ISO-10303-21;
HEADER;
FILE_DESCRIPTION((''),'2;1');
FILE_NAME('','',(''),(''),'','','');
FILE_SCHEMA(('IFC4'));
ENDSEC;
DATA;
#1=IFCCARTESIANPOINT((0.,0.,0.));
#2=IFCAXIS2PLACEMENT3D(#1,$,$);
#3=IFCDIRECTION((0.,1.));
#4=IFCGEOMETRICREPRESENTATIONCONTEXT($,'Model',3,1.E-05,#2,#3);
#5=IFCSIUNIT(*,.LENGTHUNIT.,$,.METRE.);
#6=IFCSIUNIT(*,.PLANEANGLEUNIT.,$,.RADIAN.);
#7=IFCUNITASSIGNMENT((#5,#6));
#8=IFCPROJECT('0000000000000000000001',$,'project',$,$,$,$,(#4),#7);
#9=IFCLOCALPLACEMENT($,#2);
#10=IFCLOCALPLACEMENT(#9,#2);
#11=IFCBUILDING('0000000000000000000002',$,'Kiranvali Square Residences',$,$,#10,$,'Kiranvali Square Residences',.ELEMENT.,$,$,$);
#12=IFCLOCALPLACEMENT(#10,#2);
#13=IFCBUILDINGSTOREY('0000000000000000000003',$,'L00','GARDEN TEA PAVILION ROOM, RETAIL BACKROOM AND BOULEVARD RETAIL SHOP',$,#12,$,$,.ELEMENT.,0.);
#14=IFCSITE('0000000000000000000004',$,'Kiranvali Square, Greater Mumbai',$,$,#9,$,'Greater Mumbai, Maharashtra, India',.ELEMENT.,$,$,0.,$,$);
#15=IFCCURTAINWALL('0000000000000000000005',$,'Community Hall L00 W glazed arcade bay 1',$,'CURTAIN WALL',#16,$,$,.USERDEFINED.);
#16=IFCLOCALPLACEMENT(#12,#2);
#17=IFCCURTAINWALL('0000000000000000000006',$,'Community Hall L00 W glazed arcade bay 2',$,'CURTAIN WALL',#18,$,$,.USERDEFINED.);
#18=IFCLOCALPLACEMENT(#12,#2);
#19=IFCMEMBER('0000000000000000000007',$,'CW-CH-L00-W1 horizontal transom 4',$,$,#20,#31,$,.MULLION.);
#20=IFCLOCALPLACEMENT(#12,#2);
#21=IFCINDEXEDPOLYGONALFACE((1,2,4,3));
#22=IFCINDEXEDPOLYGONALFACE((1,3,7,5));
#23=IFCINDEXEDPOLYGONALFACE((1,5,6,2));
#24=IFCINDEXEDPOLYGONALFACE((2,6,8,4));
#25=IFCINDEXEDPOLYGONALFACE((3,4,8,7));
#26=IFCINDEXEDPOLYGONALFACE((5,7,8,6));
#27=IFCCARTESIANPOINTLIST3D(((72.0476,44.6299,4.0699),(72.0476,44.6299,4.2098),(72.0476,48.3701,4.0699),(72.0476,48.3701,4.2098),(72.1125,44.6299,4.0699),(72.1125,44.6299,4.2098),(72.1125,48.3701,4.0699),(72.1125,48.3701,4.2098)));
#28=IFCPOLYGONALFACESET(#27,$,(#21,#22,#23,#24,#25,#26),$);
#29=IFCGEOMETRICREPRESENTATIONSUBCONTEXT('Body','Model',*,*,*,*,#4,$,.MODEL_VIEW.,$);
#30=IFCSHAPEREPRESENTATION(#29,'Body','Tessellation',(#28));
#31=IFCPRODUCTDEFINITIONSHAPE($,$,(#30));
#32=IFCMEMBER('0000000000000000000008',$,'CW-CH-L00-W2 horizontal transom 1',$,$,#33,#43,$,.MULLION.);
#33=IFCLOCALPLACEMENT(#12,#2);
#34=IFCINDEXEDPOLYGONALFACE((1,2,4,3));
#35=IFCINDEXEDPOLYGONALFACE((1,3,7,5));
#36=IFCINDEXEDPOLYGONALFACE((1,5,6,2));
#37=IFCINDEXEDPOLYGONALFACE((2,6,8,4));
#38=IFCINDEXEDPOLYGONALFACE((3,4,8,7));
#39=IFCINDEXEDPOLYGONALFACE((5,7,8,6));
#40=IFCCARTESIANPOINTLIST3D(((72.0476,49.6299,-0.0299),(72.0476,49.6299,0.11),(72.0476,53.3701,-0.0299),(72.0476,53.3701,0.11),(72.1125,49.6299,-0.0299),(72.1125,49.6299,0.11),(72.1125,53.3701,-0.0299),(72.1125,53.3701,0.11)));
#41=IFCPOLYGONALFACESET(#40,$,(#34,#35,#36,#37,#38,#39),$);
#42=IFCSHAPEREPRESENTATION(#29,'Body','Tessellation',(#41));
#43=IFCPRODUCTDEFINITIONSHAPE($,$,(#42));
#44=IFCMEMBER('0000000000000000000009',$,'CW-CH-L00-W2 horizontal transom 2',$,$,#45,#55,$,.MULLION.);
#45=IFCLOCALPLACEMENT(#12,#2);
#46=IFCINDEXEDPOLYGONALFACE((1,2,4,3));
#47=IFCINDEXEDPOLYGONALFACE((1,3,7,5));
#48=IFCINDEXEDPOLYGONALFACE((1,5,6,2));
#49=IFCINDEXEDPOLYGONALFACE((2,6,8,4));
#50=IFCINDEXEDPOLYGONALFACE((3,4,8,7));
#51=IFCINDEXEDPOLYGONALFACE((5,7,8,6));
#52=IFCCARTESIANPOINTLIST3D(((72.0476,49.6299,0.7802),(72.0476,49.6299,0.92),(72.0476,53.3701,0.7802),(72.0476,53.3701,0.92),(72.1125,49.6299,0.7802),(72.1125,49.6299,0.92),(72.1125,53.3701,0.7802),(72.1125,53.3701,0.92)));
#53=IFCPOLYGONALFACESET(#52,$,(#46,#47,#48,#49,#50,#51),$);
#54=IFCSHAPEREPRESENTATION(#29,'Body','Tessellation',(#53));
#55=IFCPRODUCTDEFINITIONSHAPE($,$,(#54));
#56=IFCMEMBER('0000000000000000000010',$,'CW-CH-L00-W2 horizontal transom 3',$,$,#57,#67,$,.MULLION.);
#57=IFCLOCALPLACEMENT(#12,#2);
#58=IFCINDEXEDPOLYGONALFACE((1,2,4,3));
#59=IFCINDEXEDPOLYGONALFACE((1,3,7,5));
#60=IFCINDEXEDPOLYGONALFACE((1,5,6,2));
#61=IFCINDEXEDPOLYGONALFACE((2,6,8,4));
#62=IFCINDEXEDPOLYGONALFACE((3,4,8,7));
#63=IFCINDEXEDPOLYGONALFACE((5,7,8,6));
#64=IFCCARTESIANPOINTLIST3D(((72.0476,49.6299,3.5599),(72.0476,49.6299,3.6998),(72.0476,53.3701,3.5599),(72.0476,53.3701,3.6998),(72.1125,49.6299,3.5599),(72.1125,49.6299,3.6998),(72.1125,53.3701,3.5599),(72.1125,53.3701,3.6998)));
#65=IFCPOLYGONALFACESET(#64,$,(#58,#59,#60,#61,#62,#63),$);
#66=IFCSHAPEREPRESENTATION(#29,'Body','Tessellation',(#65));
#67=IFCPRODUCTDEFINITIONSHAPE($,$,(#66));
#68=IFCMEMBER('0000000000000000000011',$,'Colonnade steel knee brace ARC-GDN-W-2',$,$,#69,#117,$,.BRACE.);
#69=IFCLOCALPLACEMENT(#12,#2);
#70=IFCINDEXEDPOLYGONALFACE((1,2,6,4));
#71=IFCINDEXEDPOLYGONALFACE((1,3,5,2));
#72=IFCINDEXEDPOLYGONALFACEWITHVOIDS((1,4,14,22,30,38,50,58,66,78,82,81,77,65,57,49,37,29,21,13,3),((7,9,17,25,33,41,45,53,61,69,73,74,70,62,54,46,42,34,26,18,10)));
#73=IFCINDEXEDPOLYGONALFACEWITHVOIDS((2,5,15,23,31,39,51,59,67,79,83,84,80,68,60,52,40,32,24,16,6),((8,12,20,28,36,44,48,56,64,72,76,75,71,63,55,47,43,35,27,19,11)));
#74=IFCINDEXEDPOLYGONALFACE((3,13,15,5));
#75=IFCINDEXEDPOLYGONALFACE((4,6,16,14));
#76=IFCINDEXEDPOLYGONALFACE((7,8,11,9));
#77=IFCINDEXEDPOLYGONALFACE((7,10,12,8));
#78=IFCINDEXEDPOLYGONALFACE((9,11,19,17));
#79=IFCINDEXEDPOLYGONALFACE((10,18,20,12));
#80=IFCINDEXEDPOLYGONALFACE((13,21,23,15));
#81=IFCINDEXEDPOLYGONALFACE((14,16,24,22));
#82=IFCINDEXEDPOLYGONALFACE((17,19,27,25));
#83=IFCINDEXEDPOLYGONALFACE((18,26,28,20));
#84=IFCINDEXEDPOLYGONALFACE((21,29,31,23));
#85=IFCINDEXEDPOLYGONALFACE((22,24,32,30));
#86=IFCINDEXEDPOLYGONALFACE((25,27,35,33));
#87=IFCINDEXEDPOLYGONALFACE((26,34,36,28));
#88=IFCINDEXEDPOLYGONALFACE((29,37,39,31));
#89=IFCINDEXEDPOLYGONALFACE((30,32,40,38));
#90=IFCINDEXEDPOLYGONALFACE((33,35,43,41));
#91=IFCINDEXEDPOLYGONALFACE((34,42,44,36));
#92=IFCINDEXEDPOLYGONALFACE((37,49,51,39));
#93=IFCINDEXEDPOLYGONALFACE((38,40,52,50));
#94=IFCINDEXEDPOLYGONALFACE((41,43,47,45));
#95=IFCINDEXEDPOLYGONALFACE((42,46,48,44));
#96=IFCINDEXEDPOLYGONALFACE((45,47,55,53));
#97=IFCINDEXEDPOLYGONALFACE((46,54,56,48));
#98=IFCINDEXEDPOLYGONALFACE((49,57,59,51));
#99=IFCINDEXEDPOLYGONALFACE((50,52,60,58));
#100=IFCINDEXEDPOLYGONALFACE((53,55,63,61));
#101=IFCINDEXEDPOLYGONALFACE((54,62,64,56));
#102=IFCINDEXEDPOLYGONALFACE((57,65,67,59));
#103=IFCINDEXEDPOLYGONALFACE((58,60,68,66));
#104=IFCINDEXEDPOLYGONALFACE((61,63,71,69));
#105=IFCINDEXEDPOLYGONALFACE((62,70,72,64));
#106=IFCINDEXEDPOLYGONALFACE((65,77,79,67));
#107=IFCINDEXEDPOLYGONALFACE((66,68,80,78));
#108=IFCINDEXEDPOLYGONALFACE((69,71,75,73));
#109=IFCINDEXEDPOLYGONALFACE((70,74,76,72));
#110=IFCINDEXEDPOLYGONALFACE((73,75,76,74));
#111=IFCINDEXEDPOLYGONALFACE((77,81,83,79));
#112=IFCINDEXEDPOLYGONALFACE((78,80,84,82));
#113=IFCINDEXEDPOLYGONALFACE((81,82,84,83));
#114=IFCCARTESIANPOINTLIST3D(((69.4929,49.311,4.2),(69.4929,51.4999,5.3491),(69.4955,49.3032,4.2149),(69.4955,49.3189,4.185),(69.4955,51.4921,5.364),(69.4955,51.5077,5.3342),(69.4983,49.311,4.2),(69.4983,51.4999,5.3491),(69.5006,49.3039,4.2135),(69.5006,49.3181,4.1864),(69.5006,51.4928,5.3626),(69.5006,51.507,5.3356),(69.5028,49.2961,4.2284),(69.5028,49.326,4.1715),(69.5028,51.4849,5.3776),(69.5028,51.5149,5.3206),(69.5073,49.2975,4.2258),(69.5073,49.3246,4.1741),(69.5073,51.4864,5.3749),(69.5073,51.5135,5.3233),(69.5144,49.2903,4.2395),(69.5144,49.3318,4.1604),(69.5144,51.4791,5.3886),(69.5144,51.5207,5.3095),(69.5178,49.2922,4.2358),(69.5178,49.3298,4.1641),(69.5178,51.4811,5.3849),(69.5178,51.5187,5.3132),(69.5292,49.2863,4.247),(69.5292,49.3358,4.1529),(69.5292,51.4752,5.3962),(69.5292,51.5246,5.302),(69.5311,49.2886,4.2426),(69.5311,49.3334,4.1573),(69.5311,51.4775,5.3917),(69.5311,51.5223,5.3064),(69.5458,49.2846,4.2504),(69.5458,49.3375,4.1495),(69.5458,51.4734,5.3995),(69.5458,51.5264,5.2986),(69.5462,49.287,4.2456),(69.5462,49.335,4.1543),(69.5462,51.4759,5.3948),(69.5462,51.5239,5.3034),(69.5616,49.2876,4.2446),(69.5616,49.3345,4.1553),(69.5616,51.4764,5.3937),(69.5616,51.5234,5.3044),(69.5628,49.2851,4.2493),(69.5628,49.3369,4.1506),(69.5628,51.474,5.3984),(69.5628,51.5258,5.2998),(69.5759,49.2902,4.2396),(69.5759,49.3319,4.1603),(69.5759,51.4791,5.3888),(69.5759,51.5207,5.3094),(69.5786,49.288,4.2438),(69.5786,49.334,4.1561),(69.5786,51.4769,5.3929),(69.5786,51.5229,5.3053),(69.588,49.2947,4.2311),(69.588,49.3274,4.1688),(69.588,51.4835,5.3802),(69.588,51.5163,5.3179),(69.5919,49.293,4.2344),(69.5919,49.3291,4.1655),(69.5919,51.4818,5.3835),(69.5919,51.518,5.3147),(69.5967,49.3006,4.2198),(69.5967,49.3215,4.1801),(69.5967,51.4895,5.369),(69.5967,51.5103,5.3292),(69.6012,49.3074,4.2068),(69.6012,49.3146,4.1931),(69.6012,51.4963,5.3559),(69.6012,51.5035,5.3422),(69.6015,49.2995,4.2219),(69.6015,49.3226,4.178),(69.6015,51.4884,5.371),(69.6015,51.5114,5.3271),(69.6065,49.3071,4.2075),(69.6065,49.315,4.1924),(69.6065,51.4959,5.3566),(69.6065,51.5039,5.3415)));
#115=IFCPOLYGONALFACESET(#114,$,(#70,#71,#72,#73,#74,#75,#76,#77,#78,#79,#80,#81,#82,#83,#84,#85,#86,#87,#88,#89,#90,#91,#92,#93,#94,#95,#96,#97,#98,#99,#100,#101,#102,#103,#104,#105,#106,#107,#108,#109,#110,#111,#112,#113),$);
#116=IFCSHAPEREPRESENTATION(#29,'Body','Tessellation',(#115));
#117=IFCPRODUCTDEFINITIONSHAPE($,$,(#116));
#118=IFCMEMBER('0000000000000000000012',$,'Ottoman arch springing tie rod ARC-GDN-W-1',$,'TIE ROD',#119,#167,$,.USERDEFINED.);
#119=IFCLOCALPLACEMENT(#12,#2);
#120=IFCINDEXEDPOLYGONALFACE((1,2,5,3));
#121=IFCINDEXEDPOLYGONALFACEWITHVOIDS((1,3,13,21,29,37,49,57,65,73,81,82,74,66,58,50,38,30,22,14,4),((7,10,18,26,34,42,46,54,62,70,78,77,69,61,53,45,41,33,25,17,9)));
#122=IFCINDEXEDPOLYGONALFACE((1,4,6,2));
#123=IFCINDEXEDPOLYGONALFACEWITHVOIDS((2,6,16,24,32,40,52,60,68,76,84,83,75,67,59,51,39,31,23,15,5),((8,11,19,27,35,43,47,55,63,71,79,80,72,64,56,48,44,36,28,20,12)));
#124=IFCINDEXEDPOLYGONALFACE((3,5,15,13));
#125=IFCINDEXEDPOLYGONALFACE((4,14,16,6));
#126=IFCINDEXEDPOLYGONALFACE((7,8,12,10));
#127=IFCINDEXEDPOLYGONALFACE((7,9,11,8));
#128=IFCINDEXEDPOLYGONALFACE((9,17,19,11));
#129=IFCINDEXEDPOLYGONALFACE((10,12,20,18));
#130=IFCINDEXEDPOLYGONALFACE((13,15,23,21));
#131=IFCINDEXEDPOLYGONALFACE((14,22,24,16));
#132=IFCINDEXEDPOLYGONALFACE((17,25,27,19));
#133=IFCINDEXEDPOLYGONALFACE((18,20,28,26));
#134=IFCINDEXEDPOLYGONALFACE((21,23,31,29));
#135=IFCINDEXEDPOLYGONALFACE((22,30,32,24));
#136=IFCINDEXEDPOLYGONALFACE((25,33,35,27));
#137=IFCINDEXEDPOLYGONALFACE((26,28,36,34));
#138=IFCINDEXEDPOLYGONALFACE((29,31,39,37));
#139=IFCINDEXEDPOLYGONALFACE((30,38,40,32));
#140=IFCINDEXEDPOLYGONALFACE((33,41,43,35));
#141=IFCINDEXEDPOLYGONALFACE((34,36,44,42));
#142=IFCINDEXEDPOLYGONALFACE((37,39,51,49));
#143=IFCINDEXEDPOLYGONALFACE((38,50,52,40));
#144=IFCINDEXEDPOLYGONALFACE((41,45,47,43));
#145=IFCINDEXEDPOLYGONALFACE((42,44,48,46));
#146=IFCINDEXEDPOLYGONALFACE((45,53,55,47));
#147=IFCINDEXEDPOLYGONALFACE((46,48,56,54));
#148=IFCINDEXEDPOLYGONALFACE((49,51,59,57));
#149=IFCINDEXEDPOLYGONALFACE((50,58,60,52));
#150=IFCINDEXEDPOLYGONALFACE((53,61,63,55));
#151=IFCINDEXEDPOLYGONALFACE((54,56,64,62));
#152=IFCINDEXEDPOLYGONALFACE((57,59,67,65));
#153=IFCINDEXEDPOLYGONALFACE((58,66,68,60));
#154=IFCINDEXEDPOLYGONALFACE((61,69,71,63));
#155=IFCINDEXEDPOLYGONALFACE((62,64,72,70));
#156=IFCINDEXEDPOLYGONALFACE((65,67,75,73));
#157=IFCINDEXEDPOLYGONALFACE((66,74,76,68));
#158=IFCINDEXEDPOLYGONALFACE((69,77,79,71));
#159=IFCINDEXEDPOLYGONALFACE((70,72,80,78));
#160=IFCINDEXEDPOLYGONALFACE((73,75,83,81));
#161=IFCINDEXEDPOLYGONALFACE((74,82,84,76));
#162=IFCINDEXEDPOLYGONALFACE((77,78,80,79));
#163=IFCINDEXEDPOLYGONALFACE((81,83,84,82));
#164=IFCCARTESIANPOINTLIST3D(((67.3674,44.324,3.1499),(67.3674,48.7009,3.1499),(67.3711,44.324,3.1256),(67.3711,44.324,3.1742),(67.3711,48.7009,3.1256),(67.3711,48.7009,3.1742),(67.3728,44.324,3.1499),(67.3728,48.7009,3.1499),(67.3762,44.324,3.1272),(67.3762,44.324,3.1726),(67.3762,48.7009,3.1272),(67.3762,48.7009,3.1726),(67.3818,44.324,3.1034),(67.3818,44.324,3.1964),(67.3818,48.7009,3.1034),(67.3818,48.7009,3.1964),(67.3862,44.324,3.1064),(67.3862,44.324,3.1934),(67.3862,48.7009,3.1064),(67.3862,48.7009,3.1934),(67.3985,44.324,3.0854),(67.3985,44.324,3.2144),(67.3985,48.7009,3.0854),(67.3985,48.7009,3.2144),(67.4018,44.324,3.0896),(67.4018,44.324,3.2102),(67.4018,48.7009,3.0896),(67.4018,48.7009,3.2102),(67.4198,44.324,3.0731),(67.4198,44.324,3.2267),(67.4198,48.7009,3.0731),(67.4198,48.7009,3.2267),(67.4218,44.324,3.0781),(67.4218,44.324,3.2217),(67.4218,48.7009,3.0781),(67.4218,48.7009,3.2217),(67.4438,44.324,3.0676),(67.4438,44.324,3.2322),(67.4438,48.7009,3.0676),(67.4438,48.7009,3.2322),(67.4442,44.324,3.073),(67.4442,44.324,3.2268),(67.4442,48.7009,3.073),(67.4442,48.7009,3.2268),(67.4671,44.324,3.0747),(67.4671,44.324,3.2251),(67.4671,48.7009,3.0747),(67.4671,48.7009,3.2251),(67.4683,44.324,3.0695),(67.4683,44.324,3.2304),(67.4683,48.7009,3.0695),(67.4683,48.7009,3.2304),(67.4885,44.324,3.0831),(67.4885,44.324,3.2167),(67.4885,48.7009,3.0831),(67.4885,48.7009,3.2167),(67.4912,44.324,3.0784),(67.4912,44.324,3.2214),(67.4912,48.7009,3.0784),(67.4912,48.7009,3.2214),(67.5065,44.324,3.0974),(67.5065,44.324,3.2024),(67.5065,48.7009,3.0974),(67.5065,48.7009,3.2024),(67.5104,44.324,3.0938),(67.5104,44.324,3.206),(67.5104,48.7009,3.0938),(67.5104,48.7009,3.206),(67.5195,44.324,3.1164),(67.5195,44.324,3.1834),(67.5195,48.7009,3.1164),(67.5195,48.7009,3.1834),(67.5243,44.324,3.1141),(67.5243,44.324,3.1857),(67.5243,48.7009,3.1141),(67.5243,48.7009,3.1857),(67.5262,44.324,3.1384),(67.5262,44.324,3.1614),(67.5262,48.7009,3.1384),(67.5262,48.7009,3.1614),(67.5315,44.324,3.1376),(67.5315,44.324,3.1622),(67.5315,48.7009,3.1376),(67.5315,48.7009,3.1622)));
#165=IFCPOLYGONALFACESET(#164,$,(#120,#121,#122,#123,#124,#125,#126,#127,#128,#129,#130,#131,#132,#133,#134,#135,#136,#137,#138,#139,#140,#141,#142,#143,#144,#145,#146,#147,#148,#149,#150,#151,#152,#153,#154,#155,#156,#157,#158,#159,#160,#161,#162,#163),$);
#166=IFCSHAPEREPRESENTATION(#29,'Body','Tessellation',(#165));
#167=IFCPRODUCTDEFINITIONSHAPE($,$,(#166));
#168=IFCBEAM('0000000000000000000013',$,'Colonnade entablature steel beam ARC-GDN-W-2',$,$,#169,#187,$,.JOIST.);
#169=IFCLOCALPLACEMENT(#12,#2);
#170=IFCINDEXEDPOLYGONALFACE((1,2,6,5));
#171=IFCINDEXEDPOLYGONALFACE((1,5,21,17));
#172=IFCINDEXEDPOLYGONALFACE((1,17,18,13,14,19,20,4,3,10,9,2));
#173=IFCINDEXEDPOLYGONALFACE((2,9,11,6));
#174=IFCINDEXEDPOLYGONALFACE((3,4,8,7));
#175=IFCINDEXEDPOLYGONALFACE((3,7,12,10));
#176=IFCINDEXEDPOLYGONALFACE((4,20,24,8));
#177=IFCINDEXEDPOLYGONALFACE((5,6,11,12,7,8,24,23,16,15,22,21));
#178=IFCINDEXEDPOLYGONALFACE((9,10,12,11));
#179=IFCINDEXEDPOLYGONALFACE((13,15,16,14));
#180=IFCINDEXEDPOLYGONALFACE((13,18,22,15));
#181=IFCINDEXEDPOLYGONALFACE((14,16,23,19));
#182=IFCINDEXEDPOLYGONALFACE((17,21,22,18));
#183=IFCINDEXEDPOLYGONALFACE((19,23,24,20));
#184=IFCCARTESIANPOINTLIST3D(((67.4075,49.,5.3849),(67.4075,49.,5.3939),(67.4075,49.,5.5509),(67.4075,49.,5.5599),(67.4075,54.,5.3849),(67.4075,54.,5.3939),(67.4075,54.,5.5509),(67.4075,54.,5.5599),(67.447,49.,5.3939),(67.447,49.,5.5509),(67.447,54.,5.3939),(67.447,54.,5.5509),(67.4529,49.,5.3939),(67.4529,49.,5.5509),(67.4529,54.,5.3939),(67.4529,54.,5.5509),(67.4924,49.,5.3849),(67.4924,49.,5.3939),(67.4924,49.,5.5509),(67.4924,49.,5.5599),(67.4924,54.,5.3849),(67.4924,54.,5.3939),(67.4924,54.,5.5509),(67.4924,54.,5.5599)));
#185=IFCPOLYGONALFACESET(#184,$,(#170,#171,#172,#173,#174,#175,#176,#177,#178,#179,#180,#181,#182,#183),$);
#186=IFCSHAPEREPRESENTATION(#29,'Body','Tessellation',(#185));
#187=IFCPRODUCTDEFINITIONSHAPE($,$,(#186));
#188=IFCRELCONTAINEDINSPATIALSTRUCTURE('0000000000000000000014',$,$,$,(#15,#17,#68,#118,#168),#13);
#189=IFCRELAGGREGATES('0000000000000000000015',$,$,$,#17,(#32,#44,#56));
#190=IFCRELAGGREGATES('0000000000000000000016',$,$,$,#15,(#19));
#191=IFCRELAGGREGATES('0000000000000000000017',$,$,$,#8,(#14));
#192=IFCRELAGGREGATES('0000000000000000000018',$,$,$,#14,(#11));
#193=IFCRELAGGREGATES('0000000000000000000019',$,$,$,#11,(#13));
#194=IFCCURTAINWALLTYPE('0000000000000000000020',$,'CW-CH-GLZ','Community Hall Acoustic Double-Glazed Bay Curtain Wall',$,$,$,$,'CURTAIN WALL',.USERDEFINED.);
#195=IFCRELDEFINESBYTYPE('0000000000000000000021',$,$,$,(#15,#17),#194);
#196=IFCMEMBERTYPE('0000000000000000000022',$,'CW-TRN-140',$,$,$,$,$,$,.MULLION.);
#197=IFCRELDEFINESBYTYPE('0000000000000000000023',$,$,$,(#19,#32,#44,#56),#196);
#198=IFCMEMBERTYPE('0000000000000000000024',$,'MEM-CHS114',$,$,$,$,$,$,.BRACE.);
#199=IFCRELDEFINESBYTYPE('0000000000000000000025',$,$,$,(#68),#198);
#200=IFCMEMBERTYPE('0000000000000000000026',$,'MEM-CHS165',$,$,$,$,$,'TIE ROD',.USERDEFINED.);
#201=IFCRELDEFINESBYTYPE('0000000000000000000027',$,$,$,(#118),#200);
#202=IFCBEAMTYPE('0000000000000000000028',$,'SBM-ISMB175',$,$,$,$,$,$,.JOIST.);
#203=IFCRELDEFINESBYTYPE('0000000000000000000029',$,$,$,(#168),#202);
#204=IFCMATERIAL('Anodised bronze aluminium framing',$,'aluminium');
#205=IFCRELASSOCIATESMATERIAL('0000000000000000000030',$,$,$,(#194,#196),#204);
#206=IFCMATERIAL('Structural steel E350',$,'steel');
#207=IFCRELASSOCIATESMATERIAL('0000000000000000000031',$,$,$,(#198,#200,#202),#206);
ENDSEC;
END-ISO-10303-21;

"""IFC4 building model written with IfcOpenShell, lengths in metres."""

from ifc_helpers import new_model, si_unit, direction, frame, origin, origin_2d, place, context, subcontext, project, spatial, rectangle, hollow_circle, i_section, extrude, material, material_profile, profile_set, type_object, element, aggregate, save


model = new_model("IFC4")

# Units and contexts
model_context = context("Model", 3, precision=1e-05, world=origin(), true_north=direction((0.0, 1.0)))
body_context = subcontext(model_context, "Body", "Model", "MODEL_VIEW")
ifc_project = project(units=[si_unit("LENGTHUNIT", "METRE"), si_unit("PLANEANGLEUNIT", "RADIAN")], contexts=[model_context])

# Site, building, storey
site_placement = place(None, origin())
site = spatial("IfcSite", under=ifc_project, at=site_placement, Name="Kiranvali Square, Greater Mumbai", LongName="Greater Mumbai, Maharashtra, India", CompositionType="ELEMENT", RefElevation=0.0)
building_placement = place(site_placement, origin())
building = spatial("IfcBuilding", under=site, at=building_placement, Name="Kiranvali Square Residences", LongName="Kiranvali Square Residences", CompositionType="ELEMENT")
storey_placement = place(building_placement, origin())
storey = spatial("IfcBuildingStorey", under=building, at=storey_placement, Name="L00", Description="GARDEN TEA PAVILION ROOM, RETAIL BACKROOM AND BOULEVARD RETAIL SHOP", CompositionType="ELEMENT", Elevation=0.0)

# Curtain wall
ifc_material_1 = material(Name="Anodised bronze aluminium framing", Category="aluminium")
curtain_wall_type = type_object("IfcCurtainWallType", Name="CW-CH-GLZ", Description="Community Hall Acoustic Double-Glazed Bay Curtain Wall", ElementType="CURTAIN WALL", PredefinedType="USERDEFINED", material=ifc_material_1)
curtain_wall_1_placement = place(storey_placement, origin())
curtain_wall_1 = element("IfcCurtainWall", 1, at=curtain_wall_1_placement, inside=storey, type_object=curtain_wall_type, Name="Community Hall L00 W glazed arcade bay 1", ObjectType="CURTAIN WALL", PredefinedType="USERDEFINED")

# Curtain wall
curtain_wall_2_placement = place(storey_placement, origin())
curtain_wall_2 = element("IfcCurtainWall", 2, at=curtain_wall_2_placement, inside=storey, type_object=curtain_wall_type, Name="Community Hall L00 W glazed arcade bay 2", ObjectType="CURTAIN WALL", PredefinedType="USERDEFINED")

# Members
ifc_material_profile_1 = material_profile(ifc_material_1, rectangle(XDim=0.0649, YDim=0.1399, at=origin_2d()), Name="ALU 65x140")
ifc_profile_set_1 = profile_set([ifc_material_profile_1], Name="Anodised bronze aluminium framing")
member_type_1 = type_object("IfcMemberType", Name="CW-TRN-140", PredefinedType="MULLION", material=ifc_profile_set_1)
member_1_placement = place(storey_placement, frame((72.0801, 44.6299, 4.1399), z_axis=(0.0, 1.0, 0.0), x_axis=(-1.0, 0.0, 0.0)))
member_1 = element("IfcMember", 3, at=member_1_placement, type_object=member_type_1, Name="CW-CH-L00-W1 horizontal transom 4", PredefinedType="MULLION", context=body_context, shape_type="SweptSolid", body=[
    extrude(rectangle(XDim=0.0649, YDim=0.1399, at=origin_2d()), origin(), (0.0, 0.0, 1.0), 3.7402),
])
member_2_placement = place(storey_placement, frame((72.0801, 49.6299, 0.04), z_axis=(0.0, 1.0, 0.0), x_axis=(-1.0, 0.0, 0.0)))
member_2 = element("IfcMember", 4, at=member_2_placement, type_object=member_type_1, Name="CW-CH-L00-W2 horizontal transom 1", PredefinedType="MULLION", context=body_context, shape_type="SweptSolid", body=[
    extrude(rectangle(XDim=0.0649, YDim=0.1399, at=origin_2d()), origin(), (0.0, 0.0, 1.0), 3.7402),
])
member_3_placement = place(storey_placement, frame((72.0801, 49.6299, 0.8501), z_axis=(0.0, 1.0, 0.0), x_axis=(-1.0, 0.0, 0.0)))
member_3 = element("IfcMember", 5, at=member_3_placement, type_object=member_type_1, Name="CW-CH-L00-W2 horizontal transom 2", PredefinedType="MULLION", context=body_context, shape_type="SweptSolid", body=[
    extrude(rectangle(XDim=0.0649, YDim=0.1399, at=origin_2d()), origin(), (0.0, 0.0, 1.0), 3.7402),
])
member_4_placement = place(storey_placement, frame((72.0801, 49.6299, 3.6299), z_axis=(0.0, 1.0, 0.0), x_axis=(-1.0, 0.0, 0.0)))
member_4 = element("IfcMember", 6, at=member_4_placement, type_object=member_type_1, Name="CW-CH-L00-W2 horizontal transom 3", PredefinedType="MULLION", context=body_context, shape_type="SweptSolid", body=[
    extrude(rectangle(XDim=0.0649, YDim=0.1399, at=origin_2d()), origin(), (0.0, 0.0, 1.0), 3.7402),
])
aggregate(curtain_wall_2, [member_2, member_3, member_4])

# Members
ifc_material_2 = material(Name="Structural steel E350", Category="steel")
ifc_material_profile_2 = material_profile(ifc_material_2, hollow_circle(Radius=0.0571, WallThickness=0.0054, at=origin_2d()), Name="CHS 114.3x5.4")
ifc_profile_set_2 = profile_set([ifc_material_profile_2], Name="Structural steel E350")
member_type_2 = type_object("IfcMemberType", Name="MEM-CHS114", PredefinedType="BRACE", material=ifc_profile_set_2)
member_5_placement = place(storey_placement, frame((69.55, 49.311, 4.2), z_axis=(0.0, 0.885404, 0.464822), x_axis=(-1.0, 0.0, 0.0)))
element("IfcMember", 7, at=member_5_placement, inside=storey, type_object=member_type_2, Name="Colonnade steel knee brace ARC-GDN-W-2", PredefinedType="BRACE", context=body_context, shape_type="SweptSolid", body=[
    extrude(hollow_circle(Radius=0.0571, WallThickness=0.0054, at=origin_2d()), origin(), (0.0, 0.0, 1.0), 2.4722),
])
ifc_material_profile_3 = material_profile(ifc_material_2, hollow_circle(Radius=0.0825, WallThickness=0.0054, at=origin_2d()), Name="CHS 165.1x5.4")
ifc_profile_set_3 = profile_set([ifc_material_profile_3], Name="Structural steel E350")
member_type_3 = type_object("IfcMemberType", Name="MEM-CHS165", ElementType="TIE ROD", PredefinedType="USERDEFINED", material=ifc_profile_set_3)
member_6_placement = place(storey_placement, frame((67.45, 44.324, 3.1499), z_axis=(0.0, 1.0, 0.0), x_axis=(-1.0, 0.0, 0.0)))
element("IfcMember", 8, at=member_6_placement, inside=storey, type_object=member_type_3, Name="Ottoman arch springing tie rod ARC-GDN-W-1", ObjectType="TIE ROD", PredefinedType="USERDEFINED", context=body_context, shape_type="SweptSolid", body=[
    extrude(hollow_circle(Radius=0.0825, WallThickness=0.0054, at=origin_2d()), origin(), (0.0, 0.0, 1.0), 4.377),
])

# Beam
ifc_material_profile_4 = material_profile(ifc_material_2, i_section(OverallWidth=0.085, OverallDepth=0.175, WebThickness=0.0059, FlangeThickness=0.009, at=origin_2d()), Name="ISMB 175")
ifc_profile_set_4 = profile_set([ifc_material_profile_4], Name="Structural steel E350")
beam_type_1 = type_object("IfcBeamType", Name="SBM-ISMB175", PredefinedType="JOIST", material=ifc_profile_set_4)
for number, where, z_axis, x_axis, name in (
    (9, (67.45, 49.0, 5.4724), (0.0, 1.0, 0.0), (-1.0, 0.0, 0.0), "Colonnade entablature steel beam ARC-GDN-W-2"),
):
    element("IfcBeam", number, at=place(storey_placement, frame(where, z_axis=z_axis, x_axis=x_axis)), inside=storey, type_object=beam_type_1, Name=name, PredefinedType="JOIST", context=body_context, shape_type="SweptSolid", body=[
        extrude(i_section(OverallWidth=0.085, OverallDepth=0.175, WebThickness=0.0059, FlangeThickness=0.009, at=origin_2d()), origin(), (0.0, 0.0, 1.0), 5.0),
    ])

aggregate(curtain_wall_1, [member_1])

save(model, "model.ifc")
